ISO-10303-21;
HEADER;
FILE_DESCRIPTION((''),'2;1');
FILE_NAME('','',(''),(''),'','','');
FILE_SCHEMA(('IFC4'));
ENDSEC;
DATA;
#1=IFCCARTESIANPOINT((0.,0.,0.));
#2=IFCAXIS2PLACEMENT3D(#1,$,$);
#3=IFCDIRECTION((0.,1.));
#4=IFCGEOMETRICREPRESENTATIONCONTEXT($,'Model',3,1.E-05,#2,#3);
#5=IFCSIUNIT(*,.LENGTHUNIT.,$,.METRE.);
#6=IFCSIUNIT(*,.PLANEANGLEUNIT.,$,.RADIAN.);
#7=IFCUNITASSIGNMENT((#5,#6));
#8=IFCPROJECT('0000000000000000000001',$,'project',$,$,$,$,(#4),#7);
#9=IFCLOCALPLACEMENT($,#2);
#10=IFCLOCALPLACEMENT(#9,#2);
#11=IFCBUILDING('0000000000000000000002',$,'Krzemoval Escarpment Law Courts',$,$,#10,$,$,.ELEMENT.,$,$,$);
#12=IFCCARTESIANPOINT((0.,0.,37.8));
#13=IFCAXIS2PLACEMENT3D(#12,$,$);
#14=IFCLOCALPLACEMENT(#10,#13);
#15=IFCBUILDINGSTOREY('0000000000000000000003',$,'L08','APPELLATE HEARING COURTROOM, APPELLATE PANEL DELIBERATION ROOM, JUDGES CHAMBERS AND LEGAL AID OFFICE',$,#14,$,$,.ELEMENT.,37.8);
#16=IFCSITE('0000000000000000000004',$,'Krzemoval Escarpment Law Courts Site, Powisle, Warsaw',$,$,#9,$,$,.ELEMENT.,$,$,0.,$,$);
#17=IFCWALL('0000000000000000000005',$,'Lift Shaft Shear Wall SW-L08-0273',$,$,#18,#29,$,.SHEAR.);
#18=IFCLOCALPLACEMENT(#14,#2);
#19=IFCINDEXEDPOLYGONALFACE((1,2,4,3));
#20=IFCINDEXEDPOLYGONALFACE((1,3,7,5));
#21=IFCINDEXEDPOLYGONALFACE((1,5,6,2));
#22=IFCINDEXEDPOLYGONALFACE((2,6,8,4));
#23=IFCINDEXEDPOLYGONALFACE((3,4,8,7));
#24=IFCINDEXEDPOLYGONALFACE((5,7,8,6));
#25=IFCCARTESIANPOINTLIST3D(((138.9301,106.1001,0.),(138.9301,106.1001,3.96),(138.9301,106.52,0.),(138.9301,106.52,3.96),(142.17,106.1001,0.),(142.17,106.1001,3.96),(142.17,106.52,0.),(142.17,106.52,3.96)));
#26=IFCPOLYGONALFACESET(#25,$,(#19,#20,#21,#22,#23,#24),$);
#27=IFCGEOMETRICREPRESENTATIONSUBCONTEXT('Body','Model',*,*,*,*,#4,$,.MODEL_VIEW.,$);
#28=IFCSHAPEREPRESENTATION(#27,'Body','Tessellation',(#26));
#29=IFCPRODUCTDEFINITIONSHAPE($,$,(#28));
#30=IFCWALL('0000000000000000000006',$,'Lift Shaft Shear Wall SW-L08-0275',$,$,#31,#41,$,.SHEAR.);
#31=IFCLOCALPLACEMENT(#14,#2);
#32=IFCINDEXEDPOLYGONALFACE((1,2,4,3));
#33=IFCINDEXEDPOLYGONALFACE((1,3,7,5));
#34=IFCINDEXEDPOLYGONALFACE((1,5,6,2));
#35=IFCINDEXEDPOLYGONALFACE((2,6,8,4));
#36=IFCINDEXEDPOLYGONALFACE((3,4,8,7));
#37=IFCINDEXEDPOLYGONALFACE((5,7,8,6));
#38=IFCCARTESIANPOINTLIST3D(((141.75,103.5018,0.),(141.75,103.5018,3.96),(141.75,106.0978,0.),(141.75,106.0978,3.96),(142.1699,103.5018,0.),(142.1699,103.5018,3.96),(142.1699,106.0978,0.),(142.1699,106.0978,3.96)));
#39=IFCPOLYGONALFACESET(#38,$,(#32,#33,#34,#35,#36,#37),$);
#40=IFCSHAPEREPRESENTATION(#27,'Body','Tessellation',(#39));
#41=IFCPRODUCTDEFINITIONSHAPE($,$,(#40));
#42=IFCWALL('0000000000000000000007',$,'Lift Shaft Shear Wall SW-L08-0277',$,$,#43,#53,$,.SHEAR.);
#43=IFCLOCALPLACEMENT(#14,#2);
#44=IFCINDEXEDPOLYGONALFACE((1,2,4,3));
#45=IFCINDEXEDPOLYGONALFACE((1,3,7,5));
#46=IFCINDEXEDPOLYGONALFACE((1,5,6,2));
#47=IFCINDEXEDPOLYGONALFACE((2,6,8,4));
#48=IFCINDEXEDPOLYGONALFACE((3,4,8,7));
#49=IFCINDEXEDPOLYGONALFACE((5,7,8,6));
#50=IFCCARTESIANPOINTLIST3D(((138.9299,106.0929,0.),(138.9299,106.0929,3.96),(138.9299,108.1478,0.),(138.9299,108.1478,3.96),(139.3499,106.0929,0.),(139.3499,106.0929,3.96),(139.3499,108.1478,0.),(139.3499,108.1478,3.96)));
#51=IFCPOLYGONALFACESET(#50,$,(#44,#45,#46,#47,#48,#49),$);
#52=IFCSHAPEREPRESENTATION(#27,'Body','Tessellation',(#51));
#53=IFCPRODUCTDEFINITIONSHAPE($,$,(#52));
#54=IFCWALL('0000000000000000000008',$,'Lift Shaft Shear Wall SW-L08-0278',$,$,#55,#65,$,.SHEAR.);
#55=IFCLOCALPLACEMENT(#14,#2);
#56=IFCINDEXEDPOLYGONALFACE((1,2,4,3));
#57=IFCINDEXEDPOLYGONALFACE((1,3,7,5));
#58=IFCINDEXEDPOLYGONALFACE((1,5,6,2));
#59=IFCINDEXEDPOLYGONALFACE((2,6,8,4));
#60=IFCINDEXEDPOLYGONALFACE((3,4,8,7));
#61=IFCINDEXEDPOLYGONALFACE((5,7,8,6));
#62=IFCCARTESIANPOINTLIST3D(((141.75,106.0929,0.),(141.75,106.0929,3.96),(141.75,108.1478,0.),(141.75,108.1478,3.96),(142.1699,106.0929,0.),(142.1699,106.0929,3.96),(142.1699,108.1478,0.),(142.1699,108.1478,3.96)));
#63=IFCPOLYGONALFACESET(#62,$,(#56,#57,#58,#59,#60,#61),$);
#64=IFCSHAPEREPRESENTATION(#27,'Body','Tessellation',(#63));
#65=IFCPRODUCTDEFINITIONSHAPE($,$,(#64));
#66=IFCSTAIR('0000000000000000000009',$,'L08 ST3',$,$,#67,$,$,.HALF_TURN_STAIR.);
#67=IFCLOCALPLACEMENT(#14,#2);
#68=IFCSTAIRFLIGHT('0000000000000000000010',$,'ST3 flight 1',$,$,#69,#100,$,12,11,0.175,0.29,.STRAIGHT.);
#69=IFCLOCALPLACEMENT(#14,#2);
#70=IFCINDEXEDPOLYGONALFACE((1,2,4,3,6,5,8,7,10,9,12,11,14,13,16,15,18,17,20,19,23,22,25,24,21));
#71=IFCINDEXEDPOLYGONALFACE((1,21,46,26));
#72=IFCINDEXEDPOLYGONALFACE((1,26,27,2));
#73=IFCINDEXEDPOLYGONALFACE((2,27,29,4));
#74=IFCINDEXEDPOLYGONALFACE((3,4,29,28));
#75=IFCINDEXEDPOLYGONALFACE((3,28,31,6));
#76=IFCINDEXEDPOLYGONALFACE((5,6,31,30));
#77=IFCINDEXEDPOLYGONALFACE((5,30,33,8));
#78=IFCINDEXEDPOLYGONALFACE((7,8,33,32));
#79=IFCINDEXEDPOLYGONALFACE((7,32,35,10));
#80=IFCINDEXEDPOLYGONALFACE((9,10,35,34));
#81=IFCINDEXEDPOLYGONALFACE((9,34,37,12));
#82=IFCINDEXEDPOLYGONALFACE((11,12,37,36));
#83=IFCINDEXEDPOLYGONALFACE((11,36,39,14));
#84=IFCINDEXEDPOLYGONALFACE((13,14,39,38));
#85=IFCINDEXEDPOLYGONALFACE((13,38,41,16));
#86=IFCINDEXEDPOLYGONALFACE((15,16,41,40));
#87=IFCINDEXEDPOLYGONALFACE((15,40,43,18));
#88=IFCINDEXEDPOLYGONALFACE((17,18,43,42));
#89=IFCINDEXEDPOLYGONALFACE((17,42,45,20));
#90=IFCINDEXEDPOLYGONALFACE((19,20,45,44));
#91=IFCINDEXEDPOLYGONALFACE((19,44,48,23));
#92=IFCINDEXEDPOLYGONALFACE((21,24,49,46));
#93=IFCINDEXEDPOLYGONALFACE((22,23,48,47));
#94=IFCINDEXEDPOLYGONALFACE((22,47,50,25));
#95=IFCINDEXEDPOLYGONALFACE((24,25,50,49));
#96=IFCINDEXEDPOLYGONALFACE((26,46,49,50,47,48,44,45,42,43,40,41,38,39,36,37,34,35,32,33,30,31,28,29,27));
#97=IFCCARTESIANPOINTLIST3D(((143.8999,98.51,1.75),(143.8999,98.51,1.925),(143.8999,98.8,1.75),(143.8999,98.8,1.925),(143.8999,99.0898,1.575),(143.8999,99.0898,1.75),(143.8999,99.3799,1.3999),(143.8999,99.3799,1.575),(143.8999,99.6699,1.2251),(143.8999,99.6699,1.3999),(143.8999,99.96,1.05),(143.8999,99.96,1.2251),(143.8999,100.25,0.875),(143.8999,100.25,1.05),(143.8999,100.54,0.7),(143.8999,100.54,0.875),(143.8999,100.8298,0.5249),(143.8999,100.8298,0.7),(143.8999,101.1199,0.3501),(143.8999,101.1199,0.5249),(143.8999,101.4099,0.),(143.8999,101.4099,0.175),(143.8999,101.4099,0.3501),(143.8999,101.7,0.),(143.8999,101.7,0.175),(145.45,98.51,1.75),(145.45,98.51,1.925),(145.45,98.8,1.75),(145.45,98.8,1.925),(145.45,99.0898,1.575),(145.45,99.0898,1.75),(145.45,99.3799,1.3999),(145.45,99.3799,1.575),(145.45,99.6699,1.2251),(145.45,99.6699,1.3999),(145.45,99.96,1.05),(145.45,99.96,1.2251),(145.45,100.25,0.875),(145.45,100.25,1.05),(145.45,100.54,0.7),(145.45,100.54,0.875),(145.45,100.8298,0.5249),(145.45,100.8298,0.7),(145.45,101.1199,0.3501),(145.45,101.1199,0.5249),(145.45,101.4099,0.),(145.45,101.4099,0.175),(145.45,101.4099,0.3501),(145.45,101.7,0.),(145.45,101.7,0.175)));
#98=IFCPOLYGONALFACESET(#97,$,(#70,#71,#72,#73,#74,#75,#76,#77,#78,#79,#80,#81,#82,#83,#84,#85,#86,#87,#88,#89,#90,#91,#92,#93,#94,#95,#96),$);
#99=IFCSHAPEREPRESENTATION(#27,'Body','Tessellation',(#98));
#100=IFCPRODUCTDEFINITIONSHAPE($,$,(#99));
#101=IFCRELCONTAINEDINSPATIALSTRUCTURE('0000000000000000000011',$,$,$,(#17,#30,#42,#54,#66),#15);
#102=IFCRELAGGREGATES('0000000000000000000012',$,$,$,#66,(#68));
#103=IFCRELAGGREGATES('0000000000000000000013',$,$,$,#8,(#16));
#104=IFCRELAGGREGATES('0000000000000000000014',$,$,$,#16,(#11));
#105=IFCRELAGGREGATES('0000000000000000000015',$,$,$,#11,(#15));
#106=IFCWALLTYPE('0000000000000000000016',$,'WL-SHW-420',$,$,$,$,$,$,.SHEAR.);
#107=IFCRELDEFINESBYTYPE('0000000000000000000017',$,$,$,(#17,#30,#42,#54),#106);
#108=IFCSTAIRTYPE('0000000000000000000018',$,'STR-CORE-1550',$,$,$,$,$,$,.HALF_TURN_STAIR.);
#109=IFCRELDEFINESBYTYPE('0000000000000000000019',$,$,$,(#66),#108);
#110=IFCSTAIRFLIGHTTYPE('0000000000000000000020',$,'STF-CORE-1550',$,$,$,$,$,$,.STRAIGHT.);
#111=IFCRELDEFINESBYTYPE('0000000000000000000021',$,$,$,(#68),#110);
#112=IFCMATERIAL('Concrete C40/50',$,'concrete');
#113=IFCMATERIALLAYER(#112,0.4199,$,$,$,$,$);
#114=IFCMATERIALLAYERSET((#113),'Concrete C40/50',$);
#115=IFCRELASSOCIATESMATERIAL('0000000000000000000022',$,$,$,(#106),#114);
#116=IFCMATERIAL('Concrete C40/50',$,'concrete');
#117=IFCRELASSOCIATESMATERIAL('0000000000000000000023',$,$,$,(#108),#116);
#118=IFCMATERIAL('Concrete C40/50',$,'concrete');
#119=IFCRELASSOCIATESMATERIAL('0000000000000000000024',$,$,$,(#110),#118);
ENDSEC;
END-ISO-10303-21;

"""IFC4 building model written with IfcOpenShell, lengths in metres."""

from ifc_helpers import new_model, si_unit, direction, frame, frame_2d, origin, place, context, subcontext, project, spatial, polyline, rectangle, outline, extrude, material, layer, layer_set, type_object, element, aggregate, save


model = new_model("IFC4")

# Units and contexts
model_context = context("Model", 3, precision=1e-05, world=origin(), true_north=direction((0.0, 1.0)))
body_context = subcontext(model_context, "Body", "Model", "MODEL_VIEW")
ifc_project = project(units=[si_unit("LENGTHUNIT", "METRE"), si_unit("PLANEANGLEUNIT", "RADIAN")], contexts=[model_context])

# Site, building, storey
site_placement = place(None, origin())
site = spatial("IfcSite", under=ifc_project, at=site_placement, Name="Krzemoval Escarpment Law Courts Site, Powisle, Warsaw", CompositionType="ELEMENT", RefElevation=0.0)
building_placement = place(site_placement, origin())
building = spatial("IfcBuilding", under=site, at=building_placement, Name="Krzemoval Escarpment Law Courts", CompositionType="ELEMENT")
storey_placement = place(building_placement, frame((0.0, 0.0, 37.8)))
storey = spatial("IfcBuildingStorey", under=building, at=storey_placement, Name="L08", Description="APPELLATE HEARING COURTROOM, APPELLATE PANEL DELIBERATION ROOM, JUDGES CHAMBERS AND LEGAL AID OFFICE", CompositionType="ELEMENT", Elevation=37.8)

# Wall
ifc_material_1 = material(Name="Concrete C40/50", Category="concrete")
ifc_layer_1 = layer(ifc_material_1, 0.4199)
ifc_layer_set_1 = layer_set([ifc_layer_1], Name="Concrete C40/50")
wall_type_1 = type_object("IfcWallType", Name="WL-SHW-420", PredefinedType="SHEAR", material=ifc_layer_set_1)
wall_1_placement = place(storey_placement, frame((138.9299, 106.3101, 0.0), z_axis=(0.0, 0.0, 1.0), x_axis=(1.0, 0.0, 0.0)))
element("IfcWall", 1, at=wall_1_placement, inside=storey, type_object=wall_type_1, Name="Lift Shaft Shear Wall SW-L08-0273", PredefinedType="SHEAR", context=body_context, shape_type="SweptSolid", body=[
    extrude(rectangle(XDim=3.24, YDim=0.4199, at=frame_2d((1.6201, 0.0))), origin(), (0.0, 0.0, 1.0), 3.96),
])

# Walls
wall_2_placement = place(storey_placement, frame((141.96, 103.502, 0.0), z_axis=(0.0, 0.0, 1.0), x_axis=(0.0, 1.0, 0.0)))
element("IfcWall", 2, at=wall_2_placement, inside=storey, type_object=wall_type_1, Name="Lift Shaft Shear Wall SW-L08-0275", PredefinedType="SHEAR", context=body_context, shape_type="SweptSolid", body=[
    extrude(rectangle(XDim=2.5959, YDim=0.4199, at=frame_2d((1.2979, 0.0))), origin(), (0.0, 0.0, 1.0), 3.96),
])
for number, where, z_axis, x_axis, name in (
    (3, (139.1399, 106.093, 0.0), (0.0, 0.0, 1.0), (0.0, 1.0, 0.0), "Lift Shaft Shear Wall SW-L08-0277"),
    (4, (141.96, 106.093, 0.0), (0.0, 0.0, 1.0), (0.0, 1.0, 0.0), "Lift Shaft Shear Wall SW-L08-0278"),
):
    element("IfcWall", number, at=place(storey_placement, frame(where, z_axis=z_axis, x_axis=x_axis)), inside=storey, type_object=wall_type_1, Name=name, PredefinedType="SHEAR", context=body_context, shape_type="SweptSolid", body=[
        extrude(rectangle(XDim=2.0549, YDim=0.4199, at=frame_2d((1.0273, 0.0))), origin(), (0.0, 0.0, 1.0), 3.96),
    ])

# Stair, stair flight
ifc_material_2 = material(Name="Concrete C40/50", Category="concrete")
stair_type = type_object("IfcStairType", Name="STR-CORE-1550", PredefinedType="HALF_TURN_STAIR", material=ifc_material_2)
stair_placement = place(storey_placement, origin())
stair = element("IfcStair", 5, at=stair_placement, inside=storey, type_object=stair_type, Name="L08 ST3", PredefinedType="HALF_TURN_STAIR")
ifc_material_3 = material(Name="Concrete C40/50", Category="concrete")
stair_flight_type = type_object("IfcStairFlightType", Name="STF-CORE-1550", PredefinedType="STRAIGHT", material=ifc_material_3)
stair_flight_placement = place(storey_placement, frame((144.675, 101.7, 0.0), z_axis=(0.0, 0.0, 1.0), x_axis=(0.0, -1.0, 0.0)))
stair_flight = element("IfcStairFlight", 6, at=stair_flight_placement, type_object=stair_flight_type, Name="ST3 flight 1", NumberOfRisers=12, NumberOfTreads=11, PredefinedType="STRAIGHT", RiserHeight=0.175, TreadLength=0.29, context=body_context, shape_type="SweptSolid", body=[
    extrude(outline(polyline([(0.0, 0.0), (0.0, 0.175), (0.29, 0.175), (0.29, 0.3501), (0.5801, 0.3501), (0.5801, 0.5249), (0.8701, 0.5249), (0.8701, 0.7), (1.1599, 0.7), (1.1599, 0.875), (1.45, 0.875), (1.45, 1.05), (1.74, 1.05), (1.74, 1.2251), (2.03, 1.2251), (2.03, 1.3999), (2.3201, 1.3999), (2.3201, 1.575), (2.6101, 1.575), (2.6101, 1.75), (2.8999, 1.75), (2.8999, 1.925), (3.1899, 1.925), (3.1899, 2.1001), (3.1899, 1.75), (0.29, 0.0), (0.0, 0.0)])), frame((0.0, 0.7749, 0.0), z_axis=(0.0, -1.0, 0.0), x_axis=(1.0, 0.0, 0.0)), (0.0, 0.0, 1.0), 1.55),
])
aggregate(stair, [stair_flight])

save(model, "model.ifc")
